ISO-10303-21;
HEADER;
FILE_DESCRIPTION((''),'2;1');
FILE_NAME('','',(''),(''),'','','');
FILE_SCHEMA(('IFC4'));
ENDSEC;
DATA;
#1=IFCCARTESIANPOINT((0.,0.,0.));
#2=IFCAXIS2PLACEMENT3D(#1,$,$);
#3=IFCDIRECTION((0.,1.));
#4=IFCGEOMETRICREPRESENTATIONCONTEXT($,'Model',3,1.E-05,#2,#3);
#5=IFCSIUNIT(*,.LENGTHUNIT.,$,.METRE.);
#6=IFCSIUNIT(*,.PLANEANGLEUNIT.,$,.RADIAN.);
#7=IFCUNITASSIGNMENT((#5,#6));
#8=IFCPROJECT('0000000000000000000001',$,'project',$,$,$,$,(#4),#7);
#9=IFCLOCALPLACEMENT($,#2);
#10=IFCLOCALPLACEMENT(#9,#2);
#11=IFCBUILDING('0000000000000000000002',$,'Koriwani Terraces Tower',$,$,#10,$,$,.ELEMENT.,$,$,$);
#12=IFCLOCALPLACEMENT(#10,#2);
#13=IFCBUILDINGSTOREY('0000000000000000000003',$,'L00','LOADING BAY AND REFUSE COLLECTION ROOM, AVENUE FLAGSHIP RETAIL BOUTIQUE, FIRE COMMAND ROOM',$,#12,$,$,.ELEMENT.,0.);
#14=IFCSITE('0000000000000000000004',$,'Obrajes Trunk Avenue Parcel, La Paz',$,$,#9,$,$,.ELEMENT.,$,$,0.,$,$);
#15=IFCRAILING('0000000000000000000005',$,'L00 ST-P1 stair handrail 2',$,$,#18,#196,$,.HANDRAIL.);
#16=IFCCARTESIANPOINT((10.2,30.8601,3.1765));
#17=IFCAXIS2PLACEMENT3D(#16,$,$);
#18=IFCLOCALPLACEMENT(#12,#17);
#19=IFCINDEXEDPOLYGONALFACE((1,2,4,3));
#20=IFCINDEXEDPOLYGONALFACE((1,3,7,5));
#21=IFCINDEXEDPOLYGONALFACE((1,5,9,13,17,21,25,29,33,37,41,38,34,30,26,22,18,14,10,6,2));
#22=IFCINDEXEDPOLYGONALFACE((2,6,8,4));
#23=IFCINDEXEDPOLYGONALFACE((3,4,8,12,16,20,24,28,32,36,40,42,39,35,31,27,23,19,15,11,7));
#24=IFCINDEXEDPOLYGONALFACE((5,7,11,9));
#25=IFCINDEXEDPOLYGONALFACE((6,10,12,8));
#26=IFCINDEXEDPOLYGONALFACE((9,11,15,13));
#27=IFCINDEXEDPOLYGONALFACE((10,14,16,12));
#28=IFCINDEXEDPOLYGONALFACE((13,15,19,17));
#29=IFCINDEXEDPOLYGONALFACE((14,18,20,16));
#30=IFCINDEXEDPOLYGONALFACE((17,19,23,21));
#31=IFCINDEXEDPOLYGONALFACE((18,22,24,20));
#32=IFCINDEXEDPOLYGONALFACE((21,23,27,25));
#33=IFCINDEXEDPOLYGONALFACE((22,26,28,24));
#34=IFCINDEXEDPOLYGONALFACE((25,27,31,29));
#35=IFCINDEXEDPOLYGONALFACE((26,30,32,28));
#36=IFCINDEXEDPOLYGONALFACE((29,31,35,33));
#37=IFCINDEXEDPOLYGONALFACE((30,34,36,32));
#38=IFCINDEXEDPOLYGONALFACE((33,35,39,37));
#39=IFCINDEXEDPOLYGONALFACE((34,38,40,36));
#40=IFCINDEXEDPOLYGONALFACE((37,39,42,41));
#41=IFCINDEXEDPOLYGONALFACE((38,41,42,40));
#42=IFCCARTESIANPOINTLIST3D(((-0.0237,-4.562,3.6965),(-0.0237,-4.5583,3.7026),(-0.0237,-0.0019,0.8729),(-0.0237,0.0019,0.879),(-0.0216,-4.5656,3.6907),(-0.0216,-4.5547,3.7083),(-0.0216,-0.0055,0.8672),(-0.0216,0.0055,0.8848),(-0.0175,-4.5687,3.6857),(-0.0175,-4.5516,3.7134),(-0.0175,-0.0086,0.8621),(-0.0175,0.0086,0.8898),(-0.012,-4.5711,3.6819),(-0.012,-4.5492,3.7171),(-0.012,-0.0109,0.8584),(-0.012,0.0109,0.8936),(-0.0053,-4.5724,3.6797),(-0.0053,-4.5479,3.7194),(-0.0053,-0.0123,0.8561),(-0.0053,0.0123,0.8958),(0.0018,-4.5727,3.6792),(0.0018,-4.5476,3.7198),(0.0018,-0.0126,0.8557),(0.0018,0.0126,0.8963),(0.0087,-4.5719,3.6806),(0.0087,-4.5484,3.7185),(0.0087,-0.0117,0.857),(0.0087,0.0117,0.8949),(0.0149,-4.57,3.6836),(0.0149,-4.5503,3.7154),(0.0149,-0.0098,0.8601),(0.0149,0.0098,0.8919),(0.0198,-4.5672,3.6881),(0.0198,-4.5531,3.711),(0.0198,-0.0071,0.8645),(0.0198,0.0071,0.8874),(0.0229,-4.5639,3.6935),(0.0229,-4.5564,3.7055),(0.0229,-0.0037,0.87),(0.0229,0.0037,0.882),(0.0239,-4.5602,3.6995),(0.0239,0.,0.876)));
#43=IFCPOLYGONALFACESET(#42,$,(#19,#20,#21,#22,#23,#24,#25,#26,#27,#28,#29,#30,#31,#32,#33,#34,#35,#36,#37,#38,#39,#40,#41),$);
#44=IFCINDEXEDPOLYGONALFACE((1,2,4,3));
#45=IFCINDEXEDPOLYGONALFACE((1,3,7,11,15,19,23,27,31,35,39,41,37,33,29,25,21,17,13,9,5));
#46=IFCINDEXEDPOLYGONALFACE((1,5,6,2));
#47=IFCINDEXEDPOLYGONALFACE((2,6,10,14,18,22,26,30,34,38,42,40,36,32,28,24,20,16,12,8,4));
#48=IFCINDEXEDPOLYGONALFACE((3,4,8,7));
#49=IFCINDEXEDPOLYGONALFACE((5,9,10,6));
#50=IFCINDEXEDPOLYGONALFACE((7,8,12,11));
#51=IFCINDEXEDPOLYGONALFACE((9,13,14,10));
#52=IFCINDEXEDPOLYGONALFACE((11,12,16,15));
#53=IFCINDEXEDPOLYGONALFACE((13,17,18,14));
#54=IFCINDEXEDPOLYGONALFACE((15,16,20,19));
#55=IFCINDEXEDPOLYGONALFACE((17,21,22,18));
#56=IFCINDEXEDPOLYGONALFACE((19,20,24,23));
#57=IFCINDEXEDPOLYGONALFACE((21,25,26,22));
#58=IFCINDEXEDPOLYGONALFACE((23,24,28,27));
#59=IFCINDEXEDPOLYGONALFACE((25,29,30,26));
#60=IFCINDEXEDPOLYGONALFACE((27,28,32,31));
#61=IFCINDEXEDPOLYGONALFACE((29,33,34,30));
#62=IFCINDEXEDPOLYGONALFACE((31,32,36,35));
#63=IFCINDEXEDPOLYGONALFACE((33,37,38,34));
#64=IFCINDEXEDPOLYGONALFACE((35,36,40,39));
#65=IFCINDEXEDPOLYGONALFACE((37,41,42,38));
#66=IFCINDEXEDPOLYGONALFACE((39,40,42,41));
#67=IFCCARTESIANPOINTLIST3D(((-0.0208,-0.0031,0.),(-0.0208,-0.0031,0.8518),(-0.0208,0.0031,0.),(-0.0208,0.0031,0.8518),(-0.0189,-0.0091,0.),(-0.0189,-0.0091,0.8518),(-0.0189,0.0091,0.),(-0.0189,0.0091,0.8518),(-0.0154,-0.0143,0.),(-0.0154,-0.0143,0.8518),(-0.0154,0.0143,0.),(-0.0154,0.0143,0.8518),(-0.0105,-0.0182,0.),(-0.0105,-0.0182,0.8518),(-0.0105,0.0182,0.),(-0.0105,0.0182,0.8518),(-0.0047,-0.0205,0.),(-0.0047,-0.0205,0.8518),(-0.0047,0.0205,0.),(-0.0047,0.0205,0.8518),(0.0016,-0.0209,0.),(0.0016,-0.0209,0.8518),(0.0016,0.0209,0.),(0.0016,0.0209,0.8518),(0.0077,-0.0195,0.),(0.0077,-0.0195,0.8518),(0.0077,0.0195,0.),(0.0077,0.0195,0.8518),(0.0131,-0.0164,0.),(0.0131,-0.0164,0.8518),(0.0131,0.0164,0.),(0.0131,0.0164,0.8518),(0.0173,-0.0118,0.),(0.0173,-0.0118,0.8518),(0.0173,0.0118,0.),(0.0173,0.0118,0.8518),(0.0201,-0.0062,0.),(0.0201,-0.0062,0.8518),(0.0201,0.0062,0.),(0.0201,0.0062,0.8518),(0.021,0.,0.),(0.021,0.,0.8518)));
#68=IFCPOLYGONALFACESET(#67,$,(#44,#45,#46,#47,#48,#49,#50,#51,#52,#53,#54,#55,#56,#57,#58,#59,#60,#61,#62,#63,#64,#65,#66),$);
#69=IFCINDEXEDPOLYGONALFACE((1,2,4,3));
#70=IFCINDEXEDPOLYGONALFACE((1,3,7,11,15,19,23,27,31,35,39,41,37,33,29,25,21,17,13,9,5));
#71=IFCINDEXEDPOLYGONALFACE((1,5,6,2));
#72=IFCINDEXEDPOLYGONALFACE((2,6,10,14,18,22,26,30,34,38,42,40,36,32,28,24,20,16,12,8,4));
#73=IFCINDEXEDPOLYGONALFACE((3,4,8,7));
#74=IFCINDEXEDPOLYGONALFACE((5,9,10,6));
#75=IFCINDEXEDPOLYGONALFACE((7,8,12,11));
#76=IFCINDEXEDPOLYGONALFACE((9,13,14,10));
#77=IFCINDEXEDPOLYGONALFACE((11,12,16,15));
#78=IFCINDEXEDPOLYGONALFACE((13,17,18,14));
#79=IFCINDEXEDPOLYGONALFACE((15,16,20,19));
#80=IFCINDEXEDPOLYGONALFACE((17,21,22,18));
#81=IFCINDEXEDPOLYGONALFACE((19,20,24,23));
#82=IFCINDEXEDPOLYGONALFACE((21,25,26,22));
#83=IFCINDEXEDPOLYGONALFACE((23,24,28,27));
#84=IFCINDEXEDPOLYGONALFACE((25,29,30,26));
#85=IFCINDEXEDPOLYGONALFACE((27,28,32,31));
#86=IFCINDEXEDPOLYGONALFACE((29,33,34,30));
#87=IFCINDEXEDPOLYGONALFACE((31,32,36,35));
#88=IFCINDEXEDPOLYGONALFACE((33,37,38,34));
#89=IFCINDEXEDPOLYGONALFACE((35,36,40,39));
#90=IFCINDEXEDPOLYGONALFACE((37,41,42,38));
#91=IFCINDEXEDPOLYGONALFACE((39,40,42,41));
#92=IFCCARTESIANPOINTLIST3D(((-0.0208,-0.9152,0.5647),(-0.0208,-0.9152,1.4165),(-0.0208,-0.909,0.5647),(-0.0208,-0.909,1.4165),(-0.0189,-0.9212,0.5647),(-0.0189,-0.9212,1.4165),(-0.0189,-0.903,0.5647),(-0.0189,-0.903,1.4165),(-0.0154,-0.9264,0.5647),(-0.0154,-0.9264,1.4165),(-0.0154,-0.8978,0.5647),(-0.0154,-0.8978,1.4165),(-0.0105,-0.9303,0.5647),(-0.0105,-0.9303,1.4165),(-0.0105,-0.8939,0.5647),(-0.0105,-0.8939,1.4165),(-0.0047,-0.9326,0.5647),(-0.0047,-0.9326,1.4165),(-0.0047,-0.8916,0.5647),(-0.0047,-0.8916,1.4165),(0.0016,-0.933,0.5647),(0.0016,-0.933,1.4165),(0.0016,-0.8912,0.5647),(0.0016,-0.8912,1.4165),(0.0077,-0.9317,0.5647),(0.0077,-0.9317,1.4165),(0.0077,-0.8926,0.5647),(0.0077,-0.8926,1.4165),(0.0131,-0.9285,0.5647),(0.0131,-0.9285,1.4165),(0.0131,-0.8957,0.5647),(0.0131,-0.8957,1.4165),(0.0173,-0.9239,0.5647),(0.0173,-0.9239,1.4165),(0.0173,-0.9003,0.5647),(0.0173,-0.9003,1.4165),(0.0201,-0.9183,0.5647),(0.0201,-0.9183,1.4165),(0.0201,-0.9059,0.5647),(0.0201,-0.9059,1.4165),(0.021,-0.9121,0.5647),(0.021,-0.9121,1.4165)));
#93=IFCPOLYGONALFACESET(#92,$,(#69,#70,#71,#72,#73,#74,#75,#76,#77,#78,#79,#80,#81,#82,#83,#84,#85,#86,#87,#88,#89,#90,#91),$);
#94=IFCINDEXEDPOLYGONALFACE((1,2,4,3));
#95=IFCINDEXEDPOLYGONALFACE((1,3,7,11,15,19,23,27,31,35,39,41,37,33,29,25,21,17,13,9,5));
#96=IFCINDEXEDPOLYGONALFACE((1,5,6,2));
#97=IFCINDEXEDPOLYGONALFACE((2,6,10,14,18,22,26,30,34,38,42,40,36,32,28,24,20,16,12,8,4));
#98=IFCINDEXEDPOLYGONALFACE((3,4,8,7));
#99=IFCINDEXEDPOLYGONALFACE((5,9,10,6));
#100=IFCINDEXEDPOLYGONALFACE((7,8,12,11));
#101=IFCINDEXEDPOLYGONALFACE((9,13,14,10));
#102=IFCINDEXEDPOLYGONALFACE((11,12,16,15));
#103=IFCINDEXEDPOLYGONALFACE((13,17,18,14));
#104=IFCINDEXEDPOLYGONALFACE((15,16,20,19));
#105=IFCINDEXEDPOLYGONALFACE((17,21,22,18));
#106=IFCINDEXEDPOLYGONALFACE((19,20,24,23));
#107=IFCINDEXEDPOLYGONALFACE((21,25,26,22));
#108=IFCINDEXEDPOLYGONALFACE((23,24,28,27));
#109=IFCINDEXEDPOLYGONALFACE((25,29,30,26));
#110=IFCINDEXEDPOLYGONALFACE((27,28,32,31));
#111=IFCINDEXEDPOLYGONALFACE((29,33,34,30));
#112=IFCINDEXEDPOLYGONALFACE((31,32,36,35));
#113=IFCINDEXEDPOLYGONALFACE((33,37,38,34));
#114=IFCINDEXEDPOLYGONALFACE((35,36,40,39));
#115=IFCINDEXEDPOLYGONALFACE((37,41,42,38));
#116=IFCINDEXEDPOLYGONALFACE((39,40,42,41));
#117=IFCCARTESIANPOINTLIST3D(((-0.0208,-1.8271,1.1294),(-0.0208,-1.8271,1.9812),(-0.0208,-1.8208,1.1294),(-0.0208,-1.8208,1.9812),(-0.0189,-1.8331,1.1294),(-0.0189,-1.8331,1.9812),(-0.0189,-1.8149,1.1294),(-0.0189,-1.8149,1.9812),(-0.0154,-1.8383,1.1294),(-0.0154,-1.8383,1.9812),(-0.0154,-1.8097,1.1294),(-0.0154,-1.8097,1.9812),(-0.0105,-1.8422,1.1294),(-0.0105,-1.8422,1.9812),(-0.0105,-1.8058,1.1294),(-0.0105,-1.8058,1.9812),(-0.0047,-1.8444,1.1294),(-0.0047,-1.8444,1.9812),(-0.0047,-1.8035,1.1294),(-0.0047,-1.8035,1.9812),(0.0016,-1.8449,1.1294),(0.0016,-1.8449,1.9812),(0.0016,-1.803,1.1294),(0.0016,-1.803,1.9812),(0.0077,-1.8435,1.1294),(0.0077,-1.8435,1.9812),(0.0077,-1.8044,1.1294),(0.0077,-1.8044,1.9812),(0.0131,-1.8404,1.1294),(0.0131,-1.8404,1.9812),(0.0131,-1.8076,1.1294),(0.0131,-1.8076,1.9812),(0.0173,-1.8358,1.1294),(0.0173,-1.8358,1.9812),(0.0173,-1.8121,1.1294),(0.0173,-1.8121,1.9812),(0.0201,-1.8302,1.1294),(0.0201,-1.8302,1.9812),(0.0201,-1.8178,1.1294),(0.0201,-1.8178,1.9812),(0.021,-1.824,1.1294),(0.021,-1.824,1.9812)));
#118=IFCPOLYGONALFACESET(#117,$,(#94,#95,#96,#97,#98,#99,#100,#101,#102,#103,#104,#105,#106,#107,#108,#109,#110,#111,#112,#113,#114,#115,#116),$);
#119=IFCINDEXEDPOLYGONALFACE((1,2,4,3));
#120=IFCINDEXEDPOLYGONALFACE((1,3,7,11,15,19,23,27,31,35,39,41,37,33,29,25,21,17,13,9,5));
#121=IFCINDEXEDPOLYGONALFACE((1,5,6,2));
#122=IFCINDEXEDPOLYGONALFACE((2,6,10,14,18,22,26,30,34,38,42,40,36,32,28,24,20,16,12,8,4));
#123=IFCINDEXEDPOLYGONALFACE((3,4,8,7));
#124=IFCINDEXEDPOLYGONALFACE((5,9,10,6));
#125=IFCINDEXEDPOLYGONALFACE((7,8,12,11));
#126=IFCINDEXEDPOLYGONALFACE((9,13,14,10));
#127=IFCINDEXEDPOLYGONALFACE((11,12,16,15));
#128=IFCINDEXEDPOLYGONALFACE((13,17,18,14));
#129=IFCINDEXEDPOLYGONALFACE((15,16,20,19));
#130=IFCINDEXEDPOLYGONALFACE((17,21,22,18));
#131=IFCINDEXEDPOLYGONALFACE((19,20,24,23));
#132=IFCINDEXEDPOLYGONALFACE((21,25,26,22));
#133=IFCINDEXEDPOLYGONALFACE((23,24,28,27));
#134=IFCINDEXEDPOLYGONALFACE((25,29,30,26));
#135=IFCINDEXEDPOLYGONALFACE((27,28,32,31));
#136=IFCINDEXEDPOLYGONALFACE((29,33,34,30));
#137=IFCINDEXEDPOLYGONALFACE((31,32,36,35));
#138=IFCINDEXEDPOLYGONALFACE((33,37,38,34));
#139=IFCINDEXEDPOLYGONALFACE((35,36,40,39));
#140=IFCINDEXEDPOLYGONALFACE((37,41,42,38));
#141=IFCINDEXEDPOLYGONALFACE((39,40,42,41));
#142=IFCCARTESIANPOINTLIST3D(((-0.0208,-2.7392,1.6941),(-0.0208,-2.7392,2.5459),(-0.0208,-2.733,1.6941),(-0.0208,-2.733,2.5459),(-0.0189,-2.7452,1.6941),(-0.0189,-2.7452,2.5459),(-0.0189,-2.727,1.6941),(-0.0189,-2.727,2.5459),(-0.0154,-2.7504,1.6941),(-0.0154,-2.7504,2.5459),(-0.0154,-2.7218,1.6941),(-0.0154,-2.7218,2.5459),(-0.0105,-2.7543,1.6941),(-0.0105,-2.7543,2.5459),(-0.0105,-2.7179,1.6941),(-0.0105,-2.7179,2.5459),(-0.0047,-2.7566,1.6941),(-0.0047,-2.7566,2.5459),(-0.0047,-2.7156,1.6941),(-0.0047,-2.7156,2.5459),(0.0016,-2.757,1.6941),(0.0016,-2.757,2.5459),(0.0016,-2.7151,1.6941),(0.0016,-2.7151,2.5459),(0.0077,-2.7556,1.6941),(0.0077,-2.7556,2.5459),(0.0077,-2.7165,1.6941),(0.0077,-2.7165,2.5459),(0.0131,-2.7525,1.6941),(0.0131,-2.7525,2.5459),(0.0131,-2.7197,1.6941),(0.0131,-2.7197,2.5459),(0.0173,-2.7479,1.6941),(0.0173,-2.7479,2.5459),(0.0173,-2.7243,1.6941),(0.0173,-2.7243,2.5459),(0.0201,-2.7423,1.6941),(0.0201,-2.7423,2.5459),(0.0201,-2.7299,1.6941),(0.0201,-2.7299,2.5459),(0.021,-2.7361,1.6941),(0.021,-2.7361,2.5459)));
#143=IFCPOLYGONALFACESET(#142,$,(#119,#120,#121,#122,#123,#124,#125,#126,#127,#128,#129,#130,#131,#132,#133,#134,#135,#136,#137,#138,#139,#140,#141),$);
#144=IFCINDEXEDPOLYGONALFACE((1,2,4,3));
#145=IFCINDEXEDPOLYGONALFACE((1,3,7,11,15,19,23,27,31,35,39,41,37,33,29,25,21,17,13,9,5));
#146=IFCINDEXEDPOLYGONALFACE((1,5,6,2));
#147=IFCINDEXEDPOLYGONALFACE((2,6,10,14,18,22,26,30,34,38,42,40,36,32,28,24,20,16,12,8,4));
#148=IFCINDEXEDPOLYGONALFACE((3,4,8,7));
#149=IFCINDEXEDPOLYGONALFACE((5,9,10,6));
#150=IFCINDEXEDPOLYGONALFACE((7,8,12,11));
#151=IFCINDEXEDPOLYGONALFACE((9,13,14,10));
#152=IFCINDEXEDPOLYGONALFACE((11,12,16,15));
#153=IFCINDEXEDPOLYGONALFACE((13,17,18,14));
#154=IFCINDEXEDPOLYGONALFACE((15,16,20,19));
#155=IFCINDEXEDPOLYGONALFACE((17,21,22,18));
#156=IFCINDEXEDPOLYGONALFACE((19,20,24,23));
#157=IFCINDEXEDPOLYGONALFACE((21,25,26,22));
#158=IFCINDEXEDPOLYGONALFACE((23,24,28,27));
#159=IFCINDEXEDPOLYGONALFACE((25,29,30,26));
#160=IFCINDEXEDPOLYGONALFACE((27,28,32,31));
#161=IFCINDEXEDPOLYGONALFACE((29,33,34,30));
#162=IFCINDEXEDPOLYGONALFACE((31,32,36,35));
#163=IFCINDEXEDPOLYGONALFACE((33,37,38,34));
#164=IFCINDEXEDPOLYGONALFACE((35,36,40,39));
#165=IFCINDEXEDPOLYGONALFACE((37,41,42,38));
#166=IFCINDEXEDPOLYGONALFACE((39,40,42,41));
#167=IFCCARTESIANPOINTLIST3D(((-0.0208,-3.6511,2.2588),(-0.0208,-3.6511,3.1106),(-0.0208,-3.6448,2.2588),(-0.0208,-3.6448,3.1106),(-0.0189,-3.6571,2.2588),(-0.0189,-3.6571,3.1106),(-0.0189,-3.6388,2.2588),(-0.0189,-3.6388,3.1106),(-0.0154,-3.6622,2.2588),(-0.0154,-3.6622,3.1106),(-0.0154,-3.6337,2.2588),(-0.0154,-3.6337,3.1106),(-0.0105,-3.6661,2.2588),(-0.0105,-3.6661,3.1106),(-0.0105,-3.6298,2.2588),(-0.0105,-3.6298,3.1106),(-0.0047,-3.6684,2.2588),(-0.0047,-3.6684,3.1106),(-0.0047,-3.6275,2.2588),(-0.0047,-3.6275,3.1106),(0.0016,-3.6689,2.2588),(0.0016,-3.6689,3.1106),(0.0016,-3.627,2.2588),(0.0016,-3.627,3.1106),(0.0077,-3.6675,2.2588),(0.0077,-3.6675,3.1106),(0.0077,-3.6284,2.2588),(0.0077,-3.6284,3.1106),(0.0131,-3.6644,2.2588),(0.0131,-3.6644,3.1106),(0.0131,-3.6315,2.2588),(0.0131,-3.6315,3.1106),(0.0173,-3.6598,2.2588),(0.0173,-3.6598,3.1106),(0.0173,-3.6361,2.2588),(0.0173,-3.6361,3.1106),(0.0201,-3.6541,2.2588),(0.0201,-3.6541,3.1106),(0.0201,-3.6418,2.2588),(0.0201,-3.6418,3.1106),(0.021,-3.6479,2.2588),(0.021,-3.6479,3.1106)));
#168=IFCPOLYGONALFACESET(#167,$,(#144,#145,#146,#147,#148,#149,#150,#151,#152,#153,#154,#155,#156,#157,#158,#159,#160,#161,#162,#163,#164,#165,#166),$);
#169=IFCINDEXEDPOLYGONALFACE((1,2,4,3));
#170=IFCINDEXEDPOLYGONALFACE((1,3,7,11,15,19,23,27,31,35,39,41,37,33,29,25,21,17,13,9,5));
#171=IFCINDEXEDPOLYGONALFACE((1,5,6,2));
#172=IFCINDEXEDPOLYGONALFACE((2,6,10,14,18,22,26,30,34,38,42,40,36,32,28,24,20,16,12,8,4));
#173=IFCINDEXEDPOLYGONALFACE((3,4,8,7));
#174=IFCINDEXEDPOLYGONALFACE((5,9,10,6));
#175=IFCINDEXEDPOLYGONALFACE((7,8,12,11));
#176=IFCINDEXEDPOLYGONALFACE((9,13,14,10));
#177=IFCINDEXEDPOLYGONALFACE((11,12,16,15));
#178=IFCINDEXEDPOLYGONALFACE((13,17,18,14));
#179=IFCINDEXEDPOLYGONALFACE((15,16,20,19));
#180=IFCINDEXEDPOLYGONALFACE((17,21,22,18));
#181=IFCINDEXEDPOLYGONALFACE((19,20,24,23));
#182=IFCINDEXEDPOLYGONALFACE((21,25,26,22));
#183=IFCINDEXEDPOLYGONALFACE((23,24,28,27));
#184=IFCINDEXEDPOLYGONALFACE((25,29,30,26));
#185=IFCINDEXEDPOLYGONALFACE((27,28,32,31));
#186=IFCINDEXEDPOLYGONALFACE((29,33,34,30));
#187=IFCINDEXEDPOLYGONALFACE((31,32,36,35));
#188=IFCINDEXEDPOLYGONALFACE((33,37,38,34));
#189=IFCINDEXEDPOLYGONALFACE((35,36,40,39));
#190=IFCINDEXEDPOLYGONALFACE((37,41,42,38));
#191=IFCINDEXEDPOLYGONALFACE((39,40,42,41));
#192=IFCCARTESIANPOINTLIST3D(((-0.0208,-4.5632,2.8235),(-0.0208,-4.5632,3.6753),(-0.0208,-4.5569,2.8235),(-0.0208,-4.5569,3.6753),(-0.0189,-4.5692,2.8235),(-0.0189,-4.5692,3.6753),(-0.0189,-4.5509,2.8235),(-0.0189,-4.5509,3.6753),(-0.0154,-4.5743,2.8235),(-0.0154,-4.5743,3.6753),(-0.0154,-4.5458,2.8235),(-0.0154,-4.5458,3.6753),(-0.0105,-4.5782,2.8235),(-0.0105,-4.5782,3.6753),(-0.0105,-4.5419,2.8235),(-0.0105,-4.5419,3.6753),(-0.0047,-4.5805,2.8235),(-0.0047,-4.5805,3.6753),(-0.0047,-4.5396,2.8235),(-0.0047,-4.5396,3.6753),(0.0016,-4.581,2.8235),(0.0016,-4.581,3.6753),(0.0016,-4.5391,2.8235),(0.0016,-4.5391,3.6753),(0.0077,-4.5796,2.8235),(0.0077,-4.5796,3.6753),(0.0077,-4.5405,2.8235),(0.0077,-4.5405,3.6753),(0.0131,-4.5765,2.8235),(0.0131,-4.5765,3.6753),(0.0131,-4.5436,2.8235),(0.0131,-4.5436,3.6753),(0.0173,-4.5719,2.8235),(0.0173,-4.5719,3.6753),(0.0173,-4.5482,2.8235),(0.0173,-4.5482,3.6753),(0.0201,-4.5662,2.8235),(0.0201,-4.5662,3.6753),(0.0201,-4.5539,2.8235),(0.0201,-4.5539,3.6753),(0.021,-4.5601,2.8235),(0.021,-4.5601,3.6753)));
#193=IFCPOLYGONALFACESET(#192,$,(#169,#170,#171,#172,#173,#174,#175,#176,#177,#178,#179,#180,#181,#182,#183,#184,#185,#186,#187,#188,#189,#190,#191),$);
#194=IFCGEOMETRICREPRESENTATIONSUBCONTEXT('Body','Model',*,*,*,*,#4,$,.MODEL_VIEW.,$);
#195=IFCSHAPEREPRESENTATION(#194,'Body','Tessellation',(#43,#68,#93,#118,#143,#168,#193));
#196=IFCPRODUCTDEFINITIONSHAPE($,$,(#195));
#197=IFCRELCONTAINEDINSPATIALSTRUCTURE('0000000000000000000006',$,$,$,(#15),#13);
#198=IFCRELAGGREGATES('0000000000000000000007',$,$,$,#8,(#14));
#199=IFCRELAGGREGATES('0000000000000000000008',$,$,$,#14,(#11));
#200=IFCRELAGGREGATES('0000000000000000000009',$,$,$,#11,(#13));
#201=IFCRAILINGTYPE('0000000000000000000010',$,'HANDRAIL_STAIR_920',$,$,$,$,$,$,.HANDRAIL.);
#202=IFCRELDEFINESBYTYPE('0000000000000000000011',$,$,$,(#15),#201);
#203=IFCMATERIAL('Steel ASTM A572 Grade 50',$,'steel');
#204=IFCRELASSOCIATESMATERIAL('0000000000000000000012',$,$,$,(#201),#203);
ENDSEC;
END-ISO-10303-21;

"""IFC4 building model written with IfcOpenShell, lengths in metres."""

from ifc_helpers import new_model, si_unit, direction, frame, origin, origin_2d, place, context, subcontext, project, spatial, circle, extrude, material, type_object, element, save


model = new_model("IFC4")

# Units and contexts
model_context = context("Model", 3, precision=1e-05, world=origin(), true_north=direction((0.0, 1.0)))
body_context = subcontext(model_context, "Body", "Model", "MODEL_VIEW")
ifc_project = project(units=[si_unit("LENGTHUNIT", "METRE"), si_unit("PLANEANGLEUNIT", "RADIAN")], contexts=[model_context])

# Site, building, storey
site_placement = place(None, origin())
site = spatial("IfcSite", under=ifc_project, at=site_placement, Name="Obrajes Trunk Avenue Parcel, La Paz", CompositionType="ELEMENT", RefElevation=0.0)
building_placement = place(site_placement, origin())
building = spatial("IfcBuilding", under=site, at=building_placement, Name="Koriwani Terraces Tower", CompositionType="ELEMENT")
storey_placement = place(building_placement, origin())
storey = spatial("IfcBuildingStorey", under=building, at=storey_placement, Name="L00", Description="LOADING BAY AND REFUSE COLLECTION ROOM, AVENUE FLAGSHIP RETAIL BOUTIQUE, FIRE COMMAND ROOM", CompositionType="ELEMENT", Elevation=0.0)

# Shared definitions
ifc_material_1 = material(Name="Steel ASTM A572 Grade 50", Category="steel")

# Railing
railing_type_1 = type_object("IfcRailingType", Name="HANDRAIL_STAIR_920", PredefinedType="HANDRAIL", material=ifc_material_1)
railing_1_placement = place(storey_placement, frame((10.2, 30.8601, 3.1765)))
element("IfcRailing", 1, at=railing_1_placement, inside=storey, type_object=railing_type_1, Name="L00 ST-P1 stair handrail 2", PredefinedType="HANDRAIL", context=body_context, shape_type="SweptSolid", body=[
    extrude(circle(Radius=0.0239, at=origin_2d()), frame((0.0, 0.0, 0.876), z_axis=(0.0, -0.850216, 0.526435), x_axis=(1.0, 0.0, 0.0)), (0.0, 0.0, 1.0), 5.3635),
    extrude(circle(Radius=0.021, at=origin_2d()), origin(), (0.0, 0.0, 1.0), 0.8518),
    extrude(circle(Radius=0.021, at=origin_2d()), frame((0.0, -0.9121, 0.5647)), (0.0, 0.0, 1.0), 0.8518),
    extrude(circle(Radius=0.021, at=origin_2d()), frame((0.0, -1.824, 1.1294)), (0.0, 0.0, 1.0), 0.8518),
    extrude(circle(Radius=0.021, at=origin_2d()), frame((0.0, -2.7361, 1.6941)), (0.0, 0.0, 1.0), 0.8518),
    extrude(circle(Radius=0.021, at=origin_2d()), frame((0.0, -3.6479, 2.2588)), (0.0, 0.0, 1.0), 0.8518),
    extrude(circle(Radius=0.021, at=origin_2d()), frame((0.0, -4.5601, 2.8235)), (0.0, 0.0, 1.0), 0.8518),
])

save(model, "model.ifc")
